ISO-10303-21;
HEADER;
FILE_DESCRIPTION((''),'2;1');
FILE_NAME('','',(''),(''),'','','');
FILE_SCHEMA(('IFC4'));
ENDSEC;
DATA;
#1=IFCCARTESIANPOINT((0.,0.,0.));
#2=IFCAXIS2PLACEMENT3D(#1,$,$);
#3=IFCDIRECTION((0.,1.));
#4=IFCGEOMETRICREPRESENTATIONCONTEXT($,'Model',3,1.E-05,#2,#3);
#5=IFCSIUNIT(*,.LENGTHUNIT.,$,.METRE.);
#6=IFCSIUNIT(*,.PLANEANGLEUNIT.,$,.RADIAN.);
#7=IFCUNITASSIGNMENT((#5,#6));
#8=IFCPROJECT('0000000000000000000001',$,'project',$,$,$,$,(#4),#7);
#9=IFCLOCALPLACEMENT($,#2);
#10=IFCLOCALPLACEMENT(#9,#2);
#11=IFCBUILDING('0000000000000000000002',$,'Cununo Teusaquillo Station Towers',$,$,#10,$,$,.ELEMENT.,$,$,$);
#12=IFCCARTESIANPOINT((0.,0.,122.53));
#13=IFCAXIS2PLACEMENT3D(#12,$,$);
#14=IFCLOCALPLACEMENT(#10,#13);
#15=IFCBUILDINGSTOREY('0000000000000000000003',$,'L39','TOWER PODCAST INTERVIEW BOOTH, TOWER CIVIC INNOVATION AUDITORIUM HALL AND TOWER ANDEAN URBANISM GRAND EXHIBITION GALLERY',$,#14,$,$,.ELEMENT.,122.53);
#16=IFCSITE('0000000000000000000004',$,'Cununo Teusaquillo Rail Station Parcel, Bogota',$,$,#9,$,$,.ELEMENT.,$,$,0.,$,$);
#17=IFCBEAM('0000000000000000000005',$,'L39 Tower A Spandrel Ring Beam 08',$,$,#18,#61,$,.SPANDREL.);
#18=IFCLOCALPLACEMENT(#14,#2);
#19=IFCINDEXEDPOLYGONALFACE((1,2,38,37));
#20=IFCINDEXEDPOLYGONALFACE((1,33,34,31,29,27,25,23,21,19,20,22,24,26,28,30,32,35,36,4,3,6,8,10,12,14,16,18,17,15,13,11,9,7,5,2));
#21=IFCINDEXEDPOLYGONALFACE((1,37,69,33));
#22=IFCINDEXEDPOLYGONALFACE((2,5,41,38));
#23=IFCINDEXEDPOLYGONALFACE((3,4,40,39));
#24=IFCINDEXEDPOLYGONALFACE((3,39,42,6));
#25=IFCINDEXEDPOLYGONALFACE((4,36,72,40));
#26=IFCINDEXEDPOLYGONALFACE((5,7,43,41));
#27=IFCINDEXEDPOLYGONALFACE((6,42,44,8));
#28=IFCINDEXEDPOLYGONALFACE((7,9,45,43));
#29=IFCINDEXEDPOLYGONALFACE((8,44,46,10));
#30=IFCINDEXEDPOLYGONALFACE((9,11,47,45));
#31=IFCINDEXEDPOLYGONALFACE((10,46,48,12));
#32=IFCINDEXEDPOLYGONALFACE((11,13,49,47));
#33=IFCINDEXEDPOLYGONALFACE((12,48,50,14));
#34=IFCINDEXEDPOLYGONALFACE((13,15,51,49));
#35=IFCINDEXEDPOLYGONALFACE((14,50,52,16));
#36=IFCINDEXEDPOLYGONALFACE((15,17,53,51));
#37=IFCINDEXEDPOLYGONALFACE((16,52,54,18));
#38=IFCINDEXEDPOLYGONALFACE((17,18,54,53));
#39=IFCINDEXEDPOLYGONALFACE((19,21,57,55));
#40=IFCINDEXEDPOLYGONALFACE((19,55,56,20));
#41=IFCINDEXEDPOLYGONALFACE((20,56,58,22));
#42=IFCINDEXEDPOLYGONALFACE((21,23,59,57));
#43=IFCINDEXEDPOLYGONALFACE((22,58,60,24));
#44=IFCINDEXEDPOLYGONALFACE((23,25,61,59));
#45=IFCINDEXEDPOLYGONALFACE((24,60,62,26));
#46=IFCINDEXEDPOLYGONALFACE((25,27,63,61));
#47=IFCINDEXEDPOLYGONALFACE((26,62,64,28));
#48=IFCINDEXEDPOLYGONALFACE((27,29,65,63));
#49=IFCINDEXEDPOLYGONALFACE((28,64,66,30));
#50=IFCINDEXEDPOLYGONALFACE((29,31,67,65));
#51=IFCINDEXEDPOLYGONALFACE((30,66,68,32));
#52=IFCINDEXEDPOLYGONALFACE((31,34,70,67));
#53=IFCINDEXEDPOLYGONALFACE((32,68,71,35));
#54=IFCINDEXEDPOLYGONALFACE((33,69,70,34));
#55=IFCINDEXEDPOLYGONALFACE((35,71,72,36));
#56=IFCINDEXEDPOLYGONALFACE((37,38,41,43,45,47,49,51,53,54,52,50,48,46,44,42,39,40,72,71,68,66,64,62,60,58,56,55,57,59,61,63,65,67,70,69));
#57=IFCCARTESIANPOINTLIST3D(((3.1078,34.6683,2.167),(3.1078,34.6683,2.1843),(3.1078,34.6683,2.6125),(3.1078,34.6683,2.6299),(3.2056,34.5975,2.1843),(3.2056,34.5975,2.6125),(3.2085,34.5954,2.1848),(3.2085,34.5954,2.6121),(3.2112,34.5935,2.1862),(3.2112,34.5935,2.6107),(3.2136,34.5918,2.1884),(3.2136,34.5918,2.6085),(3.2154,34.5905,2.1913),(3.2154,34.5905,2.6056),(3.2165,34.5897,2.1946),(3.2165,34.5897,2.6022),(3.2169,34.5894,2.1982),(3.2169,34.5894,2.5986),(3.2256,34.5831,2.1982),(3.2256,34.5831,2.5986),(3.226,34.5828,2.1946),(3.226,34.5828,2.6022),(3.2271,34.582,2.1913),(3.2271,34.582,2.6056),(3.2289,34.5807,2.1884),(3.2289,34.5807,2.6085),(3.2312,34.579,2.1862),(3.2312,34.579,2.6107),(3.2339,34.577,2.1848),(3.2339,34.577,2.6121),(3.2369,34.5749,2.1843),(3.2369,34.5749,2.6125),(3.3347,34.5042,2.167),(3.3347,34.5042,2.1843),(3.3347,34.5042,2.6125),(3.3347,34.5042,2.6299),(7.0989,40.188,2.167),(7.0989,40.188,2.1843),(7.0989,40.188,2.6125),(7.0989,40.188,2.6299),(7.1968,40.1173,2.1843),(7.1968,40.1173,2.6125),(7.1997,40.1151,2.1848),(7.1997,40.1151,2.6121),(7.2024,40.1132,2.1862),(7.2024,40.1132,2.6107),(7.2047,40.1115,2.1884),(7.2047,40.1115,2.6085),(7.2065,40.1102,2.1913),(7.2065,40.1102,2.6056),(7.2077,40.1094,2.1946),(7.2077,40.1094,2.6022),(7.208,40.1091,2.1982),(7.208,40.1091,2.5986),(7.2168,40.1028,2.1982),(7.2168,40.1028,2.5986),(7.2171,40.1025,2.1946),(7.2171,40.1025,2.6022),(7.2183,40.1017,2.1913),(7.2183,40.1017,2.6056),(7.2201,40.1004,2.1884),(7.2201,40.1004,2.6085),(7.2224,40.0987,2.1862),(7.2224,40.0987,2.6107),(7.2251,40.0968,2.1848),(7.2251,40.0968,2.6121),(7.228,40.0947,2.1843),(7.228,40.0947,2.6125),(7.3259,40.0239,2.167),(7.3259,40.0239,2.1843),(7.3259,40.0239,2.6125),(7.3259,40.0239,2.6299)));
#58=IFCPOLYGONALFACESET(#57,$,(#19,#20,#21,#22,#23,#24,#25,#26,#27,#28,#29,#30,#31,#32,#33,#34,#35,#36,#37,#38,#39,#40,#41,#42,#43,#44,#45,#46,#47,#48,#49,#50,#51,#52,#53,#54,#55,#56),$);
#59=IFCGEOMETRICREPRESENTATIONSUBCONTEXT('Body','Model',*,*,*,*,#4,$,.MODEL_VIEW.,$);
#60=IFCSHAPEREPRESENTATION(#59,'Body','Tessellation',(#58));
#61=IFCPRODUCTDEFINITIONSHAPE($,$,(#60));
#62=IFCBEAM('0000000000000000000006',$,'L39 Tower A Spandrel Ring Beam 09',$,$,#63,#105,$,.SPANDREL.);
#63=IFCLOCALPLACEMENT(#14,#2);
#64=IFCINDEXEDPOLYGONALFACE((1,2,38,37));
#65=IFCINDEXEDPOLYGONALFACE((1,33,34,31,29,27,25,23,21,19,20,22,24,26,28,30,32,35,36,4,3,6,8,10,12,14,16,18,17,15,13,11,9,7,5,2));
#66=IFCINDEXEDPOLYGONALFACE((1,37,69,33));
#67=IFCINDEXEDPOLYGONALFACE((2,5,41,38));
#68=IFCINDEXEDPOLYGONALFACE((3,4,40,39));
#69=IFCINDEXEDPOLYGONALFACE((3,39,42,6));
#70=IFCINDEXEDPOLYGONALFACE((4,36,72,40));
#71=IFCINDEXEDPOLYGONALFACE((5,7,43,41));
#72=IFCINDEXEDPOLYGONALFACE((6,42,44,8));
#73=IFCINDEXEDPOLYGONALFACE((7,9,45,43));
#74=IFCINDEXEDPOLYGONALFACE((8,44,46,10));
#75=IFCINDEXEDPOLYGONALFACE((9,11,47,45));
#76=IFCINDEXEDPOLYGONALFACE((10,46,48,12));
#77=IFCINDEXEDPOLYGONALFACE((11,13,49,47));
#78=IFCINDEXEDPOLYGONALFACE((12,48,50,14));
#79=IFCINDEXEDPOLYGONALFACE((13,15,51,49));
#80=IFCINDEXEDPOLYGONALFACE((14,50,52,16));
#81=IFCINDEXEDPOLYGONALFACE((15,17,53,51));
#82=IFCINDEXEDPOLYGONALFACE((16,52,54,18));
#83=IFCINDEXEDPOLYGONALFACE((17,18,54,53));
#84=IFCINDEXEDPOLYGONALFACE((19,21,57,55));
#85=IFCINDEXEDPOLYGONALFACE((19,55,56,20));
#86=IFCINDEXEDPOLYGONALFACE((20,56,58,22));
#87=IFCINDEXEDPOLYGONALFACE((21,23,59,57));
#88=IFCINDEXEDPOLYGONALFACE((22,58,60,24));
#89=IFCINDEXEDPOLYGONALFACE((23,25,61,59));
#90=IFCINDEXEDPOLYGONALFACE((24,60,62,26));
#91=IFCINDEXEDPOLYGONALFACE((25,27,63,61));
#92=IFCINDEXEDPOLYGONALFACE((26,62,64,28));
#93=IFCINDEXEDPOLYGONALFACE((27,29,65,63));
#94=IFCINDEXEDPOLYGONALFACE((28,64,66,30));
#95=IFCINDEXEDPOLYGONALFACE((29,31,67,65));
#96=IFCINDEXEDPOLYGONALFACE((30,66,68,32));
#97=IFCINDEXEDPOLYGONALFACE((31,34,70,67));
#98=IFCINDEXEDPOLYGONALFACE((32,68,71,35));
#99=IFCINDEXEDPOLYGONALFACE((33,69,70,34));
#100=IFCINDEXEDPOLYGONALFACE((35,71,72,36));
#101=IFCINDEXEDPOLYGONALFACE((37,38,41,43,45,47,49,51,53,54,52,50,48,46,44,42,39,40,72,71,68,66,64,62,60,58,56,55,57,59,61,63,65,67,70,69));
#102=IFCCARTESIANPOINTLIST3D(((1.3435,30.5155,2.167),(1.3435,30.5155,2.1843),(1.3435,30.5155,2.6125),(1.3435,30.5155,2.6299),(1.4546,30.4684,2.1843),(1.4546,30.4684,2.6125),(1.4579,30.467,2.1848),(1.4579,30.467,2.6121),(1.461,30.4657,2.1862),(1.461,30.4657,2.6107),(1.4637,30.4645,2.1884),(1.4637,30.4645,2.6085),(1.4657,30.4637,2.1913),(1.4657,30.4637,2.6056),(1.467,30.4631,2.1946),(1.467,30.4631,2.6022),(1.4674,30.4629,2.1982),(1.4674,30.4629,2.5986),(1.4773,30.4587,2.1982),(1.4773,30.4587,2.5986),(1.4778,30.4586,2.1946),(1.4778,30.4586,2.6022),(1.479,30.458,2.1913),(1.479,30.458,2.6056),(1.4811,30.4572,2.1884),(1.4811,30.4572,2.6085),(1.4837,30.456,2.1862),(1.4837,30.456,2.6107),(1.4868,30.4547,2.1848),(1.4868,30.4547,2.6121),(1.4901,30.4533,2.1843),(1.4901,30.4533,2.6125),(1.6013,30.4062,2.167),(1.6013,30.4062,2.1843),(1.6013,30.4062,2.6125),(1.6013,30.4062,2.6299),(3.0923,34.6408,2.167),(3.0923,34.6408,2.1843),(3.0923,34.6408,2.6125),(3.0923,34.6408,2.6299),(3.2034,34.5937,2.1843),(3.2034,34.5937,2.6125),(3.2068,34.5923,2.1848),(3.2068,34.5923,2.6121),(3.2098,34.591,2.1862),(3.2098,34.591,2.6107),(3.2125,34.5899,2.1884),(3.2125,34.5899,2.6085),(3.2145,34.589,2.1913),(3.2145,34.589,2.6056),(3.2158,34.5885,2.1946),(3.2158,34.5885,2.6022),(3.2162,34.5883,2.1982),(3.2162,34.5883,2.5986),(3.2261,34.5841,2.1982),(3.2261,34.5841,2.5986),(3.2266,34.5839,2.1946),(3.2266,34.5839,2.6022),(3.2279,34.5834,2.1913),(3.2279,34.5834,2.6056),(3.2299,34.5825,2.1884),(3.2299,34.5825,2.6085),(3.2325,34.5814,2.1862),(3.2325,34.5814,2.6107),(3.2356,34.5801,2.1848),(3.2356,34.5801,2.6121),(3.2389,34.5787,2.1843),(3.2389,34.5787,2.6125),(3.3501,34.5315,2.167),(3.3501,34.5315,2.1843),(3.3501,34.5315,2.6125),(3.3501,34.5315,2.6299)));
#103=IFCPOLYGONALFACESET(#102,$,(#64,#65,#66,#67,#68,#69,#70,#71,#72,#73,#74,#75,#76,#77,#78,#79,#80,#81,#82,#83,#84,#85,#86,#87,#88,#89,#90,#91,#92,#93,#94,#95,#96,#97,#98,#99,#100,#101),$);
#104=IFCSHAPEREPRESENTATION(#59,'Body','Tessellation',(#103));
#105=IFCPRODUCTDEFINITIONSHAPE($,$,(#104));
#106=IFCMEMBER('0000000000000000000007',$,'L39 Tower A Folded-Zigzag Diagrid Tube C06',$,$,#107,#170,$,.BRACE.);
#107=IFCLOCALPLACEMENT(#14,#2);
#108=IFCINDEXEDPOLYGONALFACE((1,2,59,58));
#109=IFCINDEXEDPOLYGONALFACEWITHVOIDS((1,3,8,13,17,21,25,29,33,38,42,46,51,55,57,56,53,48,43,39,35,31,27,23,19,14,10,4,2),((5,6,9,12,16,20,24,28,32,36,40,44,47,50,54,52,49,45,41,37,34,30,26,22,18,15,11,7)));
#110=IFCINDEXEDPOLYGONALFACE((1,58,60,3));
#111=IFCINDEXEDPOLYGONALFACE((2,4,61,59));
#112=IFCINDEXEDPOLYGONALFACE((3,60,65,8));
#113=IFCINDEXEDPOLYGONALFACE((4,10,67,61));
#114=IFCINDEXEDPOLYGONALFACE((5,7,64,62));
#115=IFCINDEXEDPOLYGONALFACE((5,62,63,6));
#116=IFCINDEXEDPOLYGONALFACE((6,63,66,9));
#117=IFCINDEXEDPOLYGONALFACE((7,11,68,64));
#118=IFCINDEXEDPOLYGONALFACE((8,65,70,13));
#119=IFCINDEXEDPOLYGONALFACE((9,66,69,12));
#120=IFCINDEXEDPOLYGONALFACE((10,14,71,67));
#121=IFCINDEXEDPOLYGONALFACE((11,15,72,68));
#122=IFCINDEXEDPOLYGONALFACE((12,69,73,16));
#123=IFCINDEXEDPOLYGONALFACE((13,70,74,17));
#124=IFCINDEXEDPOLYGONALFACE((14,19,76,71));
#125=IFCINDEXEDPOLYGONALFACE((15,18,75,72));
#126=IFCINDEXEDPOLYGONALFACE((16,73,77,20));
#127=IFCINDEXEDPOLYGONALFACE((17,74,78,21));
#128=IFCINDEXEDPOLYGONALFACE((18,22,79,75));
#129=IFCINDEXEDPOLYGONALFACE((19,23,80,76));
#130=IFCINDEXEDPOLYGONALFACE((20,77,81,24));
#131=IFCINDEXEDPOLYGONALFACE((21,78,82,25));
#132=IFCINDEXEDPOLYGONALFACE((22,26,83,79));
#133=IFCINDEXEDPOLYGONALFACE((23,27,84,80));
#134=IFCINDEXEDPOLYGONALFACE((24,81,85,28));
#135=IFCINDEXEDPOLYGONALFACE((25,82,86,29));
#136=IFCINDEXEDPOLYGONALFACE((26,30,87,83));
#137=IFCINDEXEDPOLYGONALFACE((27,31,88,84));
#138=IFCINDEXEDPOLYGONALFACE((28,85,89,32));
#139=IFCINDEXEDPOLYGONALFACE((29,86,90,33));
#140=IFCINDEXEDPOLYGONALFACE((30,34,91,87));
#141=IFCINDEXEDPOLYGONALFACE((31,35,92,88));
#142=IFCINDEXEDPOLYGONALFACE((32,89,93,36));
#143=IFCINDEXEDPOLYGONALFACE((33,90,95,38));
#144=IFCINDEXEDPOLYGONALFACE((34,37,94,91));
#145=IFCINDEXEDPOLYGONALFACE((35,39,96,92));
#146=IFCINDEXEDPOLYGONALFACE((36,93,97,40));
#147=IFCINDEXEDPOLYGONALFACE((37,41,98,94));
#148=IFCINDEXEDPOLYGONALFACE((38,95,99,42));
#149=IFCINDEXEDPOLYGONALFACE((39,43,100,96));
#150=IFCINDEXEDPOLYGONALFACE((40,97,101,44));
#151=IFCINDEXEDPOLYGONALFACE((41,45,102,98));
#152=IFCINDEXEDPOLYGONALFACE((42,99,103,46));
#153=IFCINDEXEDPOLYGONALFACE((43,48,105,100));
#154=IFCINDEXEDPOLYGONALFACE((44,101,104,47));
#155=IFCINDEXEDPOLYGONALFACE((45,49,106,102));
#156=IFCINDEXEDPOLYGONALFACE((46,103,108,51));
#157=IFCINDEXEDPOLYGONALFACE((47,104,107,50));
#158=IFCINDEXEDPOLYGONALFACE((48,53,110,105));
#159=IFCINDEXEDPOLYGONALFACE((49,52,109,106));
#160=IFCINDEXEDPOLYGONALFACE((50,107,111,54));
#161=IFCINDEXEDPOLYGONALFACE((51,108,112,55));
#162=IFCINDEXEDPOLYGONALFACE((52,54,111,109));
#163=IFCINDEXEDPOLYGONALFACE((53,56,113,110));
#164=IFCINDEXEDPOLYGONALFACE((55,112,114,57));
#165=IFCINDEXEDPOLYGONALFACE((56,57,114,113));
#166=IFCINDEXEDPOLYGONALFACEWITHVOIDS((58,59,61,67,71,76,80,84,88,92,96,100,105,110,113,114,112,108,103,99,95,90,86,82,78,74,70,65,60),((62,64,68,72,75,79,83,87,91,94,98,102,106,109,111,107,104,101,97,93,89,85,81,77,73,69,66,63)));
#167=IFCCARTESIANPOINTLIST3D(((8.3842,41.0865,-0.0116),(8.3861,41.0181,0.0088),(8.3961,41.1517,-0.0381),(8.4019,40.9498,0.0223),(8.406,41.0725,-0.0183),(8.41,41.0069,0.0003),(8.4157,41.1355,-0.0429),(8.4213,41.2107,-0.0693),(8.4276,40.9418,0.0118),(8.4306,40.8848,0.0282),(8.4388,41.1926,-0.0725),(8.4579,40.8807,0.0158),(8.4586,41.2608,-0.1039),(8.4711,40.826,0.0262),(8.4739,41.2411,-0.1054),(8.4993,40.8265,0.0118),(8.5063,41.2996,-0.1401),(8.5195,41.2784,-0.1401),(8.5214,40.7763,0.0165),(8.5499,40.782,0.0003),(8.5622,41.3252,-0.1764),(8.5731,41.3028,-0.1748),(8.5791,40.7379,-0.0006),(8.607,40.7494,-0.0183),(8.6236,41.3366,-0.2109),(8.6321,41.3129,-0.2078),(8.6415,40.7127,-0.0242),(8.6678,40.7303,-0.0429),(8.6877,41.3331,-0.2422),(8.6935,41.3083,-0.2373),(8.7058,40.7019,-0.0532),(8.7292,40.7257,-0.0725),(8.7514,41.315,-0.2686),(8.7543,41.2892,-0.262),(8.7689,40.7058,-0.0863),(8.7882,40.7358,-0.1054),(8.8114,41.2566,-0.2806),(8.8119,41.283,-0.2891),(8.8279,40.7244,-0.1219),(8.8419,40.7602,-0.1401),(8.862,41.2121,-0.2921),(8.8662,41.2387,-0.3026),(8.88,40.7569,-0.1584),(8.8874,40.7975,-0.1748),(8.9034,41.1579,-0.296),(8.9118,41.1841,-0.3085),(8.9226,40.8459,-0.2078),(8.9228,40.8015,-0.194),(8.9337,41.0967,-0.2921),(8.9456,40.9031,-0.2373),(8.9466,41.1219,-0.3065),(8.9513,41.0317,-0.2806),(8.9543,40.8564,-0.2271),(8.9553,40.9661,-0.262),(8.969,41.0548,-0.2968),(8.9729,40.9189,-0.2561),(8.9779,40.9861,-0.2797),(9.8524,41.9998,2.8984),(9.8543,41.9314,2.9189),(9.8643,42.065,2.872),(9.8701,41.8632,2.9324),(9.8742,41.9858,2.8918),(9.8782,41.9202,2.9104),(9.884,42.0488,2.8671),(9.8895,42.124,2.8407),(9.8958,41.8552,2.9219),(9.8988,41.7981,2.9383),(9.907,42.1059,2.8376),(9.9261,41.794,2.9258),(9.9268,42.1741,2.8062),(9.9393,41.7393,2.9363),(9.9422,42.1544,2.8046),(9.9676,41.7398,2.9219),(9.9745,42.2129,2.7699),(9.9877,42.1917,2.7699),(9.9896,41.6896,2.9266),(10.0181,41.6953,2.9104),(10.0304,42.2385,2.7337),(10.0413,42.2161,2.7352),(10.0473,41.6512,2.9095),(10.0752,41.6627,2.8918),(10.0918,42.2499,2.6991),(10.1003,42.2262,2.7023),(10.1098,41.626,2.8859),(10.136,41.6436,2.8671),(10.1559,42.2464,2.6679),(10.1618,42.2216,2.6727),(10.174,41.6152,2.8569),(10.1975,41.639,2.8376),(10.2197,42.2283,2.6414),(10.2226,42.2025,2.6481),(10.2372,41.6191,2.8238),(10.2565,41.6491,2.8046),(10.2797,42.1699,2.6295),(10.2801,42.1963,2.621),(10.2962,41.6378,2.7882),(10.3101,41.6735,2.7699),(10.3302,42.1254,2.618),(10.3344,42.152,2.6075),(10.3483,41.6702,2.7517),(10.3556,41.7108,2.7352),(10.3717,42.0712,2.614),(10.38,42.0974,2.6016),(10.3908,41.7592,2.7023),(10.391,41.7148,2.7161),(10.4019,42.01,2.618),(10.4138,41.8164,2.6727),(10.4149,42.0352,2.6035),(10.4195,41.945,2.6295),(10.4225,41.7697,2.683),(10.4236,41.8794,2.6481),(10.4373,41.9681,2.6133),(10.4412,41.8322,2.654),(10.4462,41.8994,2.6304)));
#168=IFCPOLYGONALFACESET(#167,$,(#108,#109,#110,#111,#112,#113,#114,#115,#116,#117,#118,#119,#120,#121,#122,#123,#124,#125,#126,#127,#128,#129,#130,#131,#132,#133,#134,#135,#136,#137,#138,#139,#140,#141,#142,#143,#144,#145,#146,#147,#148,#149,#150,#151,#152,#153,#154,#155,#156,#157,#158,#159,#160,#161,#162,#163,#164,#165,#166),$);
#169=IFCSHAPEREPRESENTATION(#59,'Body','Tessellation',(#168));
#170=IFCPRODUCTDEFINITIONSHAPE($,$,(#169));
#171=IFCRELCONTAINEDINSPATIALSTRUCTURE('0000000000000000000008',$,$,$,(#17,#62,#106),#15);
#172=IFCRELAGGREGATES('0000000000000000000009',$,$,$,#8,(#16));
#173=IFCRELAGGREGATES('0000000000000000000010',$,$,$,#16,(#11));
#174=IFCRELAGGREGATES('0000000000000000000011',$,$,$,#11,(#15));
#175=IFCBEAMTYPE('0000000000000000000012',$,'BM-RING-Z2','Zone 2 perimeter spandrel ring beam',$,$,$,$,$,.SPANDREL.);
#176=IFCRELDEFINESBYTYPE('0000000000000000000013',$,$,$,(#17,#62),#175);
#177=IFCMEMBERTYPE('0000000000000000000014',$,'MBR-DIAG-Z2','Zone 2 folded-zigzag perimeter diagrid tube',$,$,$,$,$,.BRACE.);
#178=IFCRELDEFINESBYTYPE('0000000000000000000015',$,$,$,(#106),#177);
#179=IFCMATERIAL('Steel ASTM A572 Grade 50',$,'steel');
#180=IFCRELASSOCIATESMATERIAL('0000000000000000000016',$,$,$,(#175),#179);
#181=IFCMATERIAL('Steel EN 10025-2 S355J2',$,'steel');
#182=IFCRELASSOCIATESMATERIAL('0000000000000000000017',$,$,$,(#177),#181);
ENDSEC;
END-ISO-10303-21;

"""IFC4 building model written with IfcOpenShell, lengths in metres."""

from ifc_helpers import new_model, si_unit, direction, frame, origin, origin_2d, place, context, subcontext, project, spatial, hollow_circle, i_section, extrude, material, material_profile, profile_set, type_object, element, save


model = new_model("IFC4")

# Units and contexts
model_context = context("Model", 3, precision=1e-05, world=origin(), true_north=direction((0.0, 1.0)))
body_context = subcontext(model_context, "Body", "Model", "MODEL_VIEW")
ifc_project = project(units=[si_unit("LENGTHUNIT", "METRE"), si_unit("PLANEANGLEUNIT", "RADIAN")], contexts=[model_context])

# Site, building, storey
site_placement = place(None, origin())
site = spatial("IfcSite", under=ifc_project, at=site_placement, Name="Cununo Teusaquillo Rail Station Parcel, Bogota", CompositionType="ELEMENT", RefElevation=0.0)
building_placement = place(site_placement, origin())
building = spatial("IfcBuilding", under=site, at=building_placement, Name="Cununo Teusaquillo Station Towers", CompositionType="ELEMENT")
storey_placement = place(building_placement, frame((0.0, 0.0, 122.53)))
storey = spatial("IfcBuildingStorey", under=building, at=storey_placement, Name="L39", Description="TOWER PODCAST INTERVIEW BOOTH, TOWER CIVIC INNOVATION AUDITORIUM HALL AND TOWER ANDEAN URBANISM GRAND EXHIBITION GALLERY", CompositionType="ELEMENT", Elevation=122.53)

# Beams
ifc_material_1 = material(Name="Steel ASTM A572 Grade 50", Category="steel")
ifc_material_profile_1 = material_profile(ifc_material_1, i_section(OverallWidth=0.28, OverallDepth=0.4629, WebThickness=0.0107, FlangeThickness=0.0173, FilletRadius=0.0139, at=origin_2d()), Name="W18X76")
ifc_profile_set_1 = profile_set([ifc_material_profile_1], Name="Steel ASTM A572 Grade 50")
beam_type_1 = type_object("IfcBeamType", Name="BM-RING-Z2", Description="Zone 2 perimeter spandrel ring beam", PredefinedType="SPANDREL", material=ifc_profile_set_1)
beam_1_placement = place(storey_placement, frame((7.2124, 40.106, 2.3984), z_axis=(-0.585945, -0.810351, 0.0), x_axis=(0.810351, -0.585945, 0.0)))
element("IfcBeam", 1, at=beam_1_placement, inside=storey, type_object=beam_type_1, Name="L39 Tower A Spandrel Ring Beam 08", PredefinedType="SPANDREL", context=body_context, shape_type="SweptSolid", body=[
    extrude(i_section(OverallWidth=0.28, OverallDepth=0.4629, WebThickness=0.0107, FlangeThickness=0.0173, FilletRadius=0.0139, at=origin_2d()), origin(), (0.0, 0.0, 1.0), 6.8115),
])
beam_2_placement = place(storey_placement, frame((3.2212, 34.5862, 2.3984), z_axis=(-0.390299, -0.920688, 0.0), x_axis=(0.920688, -0.390299, 0.0)))
element("IfcBeam", 2, at=beam_2_placement, inside=storey, type_object=beam_type_1, Name="L39 Tower A Spandrel Ring Beam 09", PredefinedType="SPANDREL", context=body_context, shape_type="SweptSolid", body=[
    extrude(i_section(OverallWidth=0.28, OverallDepth=0.4629, WebThickness=0.0107, FlangeThickness=0.0173, FilletRadius=0.0139, at=origin_2d()), origin(), (0.0, 0.0, 1.0), 4.4807),
])

# Member
ifc_material_2 = material(Name="Steel EN 10025-2 S355J2", Category="steel")
ifc_material_profile_2 = material_profile(ifc_material_2, hollow_circle(Radius=0.3301, WallThickness=0.0249, at=origin_2d()), Name="CHS 660x25")
ifc_profile_set_2 = profile_set([ifc_material_profile_2], Name="Steel EN 10025-2 S355J2")
member_type = type_object("IfcMemberType", Name="MBR-DIAG-Z2", Description="Zone 2 folded-zigzag perimeter diagrid tube", PredefinedType="BRACE", material=ifc_profile_set_2)
member_1_placement = place(storey_placement, frame((8.6807, 41.0193, -0.1401), z_axis=(0.433741, 0.269808, 0.859693), x_axis=(-0.528196, 0.849123, 0.0)))
element("IfcMember", 3, at=member_1_placement, inside=storey, type_object=member_type, Name="L39 Tower A Folded-Zigzag Diagrid Tube C06", PredefinedType="BRACE", context=body_context, shape_type="SweptSolid", body=[
    extrude(hollow_circle(Radius=0.3301, WallThickness=0.0249, at=origin_2d()), origin(), (0.0, 0.0, 1.0), 3.385),
])

save(model, "model.ifc")
